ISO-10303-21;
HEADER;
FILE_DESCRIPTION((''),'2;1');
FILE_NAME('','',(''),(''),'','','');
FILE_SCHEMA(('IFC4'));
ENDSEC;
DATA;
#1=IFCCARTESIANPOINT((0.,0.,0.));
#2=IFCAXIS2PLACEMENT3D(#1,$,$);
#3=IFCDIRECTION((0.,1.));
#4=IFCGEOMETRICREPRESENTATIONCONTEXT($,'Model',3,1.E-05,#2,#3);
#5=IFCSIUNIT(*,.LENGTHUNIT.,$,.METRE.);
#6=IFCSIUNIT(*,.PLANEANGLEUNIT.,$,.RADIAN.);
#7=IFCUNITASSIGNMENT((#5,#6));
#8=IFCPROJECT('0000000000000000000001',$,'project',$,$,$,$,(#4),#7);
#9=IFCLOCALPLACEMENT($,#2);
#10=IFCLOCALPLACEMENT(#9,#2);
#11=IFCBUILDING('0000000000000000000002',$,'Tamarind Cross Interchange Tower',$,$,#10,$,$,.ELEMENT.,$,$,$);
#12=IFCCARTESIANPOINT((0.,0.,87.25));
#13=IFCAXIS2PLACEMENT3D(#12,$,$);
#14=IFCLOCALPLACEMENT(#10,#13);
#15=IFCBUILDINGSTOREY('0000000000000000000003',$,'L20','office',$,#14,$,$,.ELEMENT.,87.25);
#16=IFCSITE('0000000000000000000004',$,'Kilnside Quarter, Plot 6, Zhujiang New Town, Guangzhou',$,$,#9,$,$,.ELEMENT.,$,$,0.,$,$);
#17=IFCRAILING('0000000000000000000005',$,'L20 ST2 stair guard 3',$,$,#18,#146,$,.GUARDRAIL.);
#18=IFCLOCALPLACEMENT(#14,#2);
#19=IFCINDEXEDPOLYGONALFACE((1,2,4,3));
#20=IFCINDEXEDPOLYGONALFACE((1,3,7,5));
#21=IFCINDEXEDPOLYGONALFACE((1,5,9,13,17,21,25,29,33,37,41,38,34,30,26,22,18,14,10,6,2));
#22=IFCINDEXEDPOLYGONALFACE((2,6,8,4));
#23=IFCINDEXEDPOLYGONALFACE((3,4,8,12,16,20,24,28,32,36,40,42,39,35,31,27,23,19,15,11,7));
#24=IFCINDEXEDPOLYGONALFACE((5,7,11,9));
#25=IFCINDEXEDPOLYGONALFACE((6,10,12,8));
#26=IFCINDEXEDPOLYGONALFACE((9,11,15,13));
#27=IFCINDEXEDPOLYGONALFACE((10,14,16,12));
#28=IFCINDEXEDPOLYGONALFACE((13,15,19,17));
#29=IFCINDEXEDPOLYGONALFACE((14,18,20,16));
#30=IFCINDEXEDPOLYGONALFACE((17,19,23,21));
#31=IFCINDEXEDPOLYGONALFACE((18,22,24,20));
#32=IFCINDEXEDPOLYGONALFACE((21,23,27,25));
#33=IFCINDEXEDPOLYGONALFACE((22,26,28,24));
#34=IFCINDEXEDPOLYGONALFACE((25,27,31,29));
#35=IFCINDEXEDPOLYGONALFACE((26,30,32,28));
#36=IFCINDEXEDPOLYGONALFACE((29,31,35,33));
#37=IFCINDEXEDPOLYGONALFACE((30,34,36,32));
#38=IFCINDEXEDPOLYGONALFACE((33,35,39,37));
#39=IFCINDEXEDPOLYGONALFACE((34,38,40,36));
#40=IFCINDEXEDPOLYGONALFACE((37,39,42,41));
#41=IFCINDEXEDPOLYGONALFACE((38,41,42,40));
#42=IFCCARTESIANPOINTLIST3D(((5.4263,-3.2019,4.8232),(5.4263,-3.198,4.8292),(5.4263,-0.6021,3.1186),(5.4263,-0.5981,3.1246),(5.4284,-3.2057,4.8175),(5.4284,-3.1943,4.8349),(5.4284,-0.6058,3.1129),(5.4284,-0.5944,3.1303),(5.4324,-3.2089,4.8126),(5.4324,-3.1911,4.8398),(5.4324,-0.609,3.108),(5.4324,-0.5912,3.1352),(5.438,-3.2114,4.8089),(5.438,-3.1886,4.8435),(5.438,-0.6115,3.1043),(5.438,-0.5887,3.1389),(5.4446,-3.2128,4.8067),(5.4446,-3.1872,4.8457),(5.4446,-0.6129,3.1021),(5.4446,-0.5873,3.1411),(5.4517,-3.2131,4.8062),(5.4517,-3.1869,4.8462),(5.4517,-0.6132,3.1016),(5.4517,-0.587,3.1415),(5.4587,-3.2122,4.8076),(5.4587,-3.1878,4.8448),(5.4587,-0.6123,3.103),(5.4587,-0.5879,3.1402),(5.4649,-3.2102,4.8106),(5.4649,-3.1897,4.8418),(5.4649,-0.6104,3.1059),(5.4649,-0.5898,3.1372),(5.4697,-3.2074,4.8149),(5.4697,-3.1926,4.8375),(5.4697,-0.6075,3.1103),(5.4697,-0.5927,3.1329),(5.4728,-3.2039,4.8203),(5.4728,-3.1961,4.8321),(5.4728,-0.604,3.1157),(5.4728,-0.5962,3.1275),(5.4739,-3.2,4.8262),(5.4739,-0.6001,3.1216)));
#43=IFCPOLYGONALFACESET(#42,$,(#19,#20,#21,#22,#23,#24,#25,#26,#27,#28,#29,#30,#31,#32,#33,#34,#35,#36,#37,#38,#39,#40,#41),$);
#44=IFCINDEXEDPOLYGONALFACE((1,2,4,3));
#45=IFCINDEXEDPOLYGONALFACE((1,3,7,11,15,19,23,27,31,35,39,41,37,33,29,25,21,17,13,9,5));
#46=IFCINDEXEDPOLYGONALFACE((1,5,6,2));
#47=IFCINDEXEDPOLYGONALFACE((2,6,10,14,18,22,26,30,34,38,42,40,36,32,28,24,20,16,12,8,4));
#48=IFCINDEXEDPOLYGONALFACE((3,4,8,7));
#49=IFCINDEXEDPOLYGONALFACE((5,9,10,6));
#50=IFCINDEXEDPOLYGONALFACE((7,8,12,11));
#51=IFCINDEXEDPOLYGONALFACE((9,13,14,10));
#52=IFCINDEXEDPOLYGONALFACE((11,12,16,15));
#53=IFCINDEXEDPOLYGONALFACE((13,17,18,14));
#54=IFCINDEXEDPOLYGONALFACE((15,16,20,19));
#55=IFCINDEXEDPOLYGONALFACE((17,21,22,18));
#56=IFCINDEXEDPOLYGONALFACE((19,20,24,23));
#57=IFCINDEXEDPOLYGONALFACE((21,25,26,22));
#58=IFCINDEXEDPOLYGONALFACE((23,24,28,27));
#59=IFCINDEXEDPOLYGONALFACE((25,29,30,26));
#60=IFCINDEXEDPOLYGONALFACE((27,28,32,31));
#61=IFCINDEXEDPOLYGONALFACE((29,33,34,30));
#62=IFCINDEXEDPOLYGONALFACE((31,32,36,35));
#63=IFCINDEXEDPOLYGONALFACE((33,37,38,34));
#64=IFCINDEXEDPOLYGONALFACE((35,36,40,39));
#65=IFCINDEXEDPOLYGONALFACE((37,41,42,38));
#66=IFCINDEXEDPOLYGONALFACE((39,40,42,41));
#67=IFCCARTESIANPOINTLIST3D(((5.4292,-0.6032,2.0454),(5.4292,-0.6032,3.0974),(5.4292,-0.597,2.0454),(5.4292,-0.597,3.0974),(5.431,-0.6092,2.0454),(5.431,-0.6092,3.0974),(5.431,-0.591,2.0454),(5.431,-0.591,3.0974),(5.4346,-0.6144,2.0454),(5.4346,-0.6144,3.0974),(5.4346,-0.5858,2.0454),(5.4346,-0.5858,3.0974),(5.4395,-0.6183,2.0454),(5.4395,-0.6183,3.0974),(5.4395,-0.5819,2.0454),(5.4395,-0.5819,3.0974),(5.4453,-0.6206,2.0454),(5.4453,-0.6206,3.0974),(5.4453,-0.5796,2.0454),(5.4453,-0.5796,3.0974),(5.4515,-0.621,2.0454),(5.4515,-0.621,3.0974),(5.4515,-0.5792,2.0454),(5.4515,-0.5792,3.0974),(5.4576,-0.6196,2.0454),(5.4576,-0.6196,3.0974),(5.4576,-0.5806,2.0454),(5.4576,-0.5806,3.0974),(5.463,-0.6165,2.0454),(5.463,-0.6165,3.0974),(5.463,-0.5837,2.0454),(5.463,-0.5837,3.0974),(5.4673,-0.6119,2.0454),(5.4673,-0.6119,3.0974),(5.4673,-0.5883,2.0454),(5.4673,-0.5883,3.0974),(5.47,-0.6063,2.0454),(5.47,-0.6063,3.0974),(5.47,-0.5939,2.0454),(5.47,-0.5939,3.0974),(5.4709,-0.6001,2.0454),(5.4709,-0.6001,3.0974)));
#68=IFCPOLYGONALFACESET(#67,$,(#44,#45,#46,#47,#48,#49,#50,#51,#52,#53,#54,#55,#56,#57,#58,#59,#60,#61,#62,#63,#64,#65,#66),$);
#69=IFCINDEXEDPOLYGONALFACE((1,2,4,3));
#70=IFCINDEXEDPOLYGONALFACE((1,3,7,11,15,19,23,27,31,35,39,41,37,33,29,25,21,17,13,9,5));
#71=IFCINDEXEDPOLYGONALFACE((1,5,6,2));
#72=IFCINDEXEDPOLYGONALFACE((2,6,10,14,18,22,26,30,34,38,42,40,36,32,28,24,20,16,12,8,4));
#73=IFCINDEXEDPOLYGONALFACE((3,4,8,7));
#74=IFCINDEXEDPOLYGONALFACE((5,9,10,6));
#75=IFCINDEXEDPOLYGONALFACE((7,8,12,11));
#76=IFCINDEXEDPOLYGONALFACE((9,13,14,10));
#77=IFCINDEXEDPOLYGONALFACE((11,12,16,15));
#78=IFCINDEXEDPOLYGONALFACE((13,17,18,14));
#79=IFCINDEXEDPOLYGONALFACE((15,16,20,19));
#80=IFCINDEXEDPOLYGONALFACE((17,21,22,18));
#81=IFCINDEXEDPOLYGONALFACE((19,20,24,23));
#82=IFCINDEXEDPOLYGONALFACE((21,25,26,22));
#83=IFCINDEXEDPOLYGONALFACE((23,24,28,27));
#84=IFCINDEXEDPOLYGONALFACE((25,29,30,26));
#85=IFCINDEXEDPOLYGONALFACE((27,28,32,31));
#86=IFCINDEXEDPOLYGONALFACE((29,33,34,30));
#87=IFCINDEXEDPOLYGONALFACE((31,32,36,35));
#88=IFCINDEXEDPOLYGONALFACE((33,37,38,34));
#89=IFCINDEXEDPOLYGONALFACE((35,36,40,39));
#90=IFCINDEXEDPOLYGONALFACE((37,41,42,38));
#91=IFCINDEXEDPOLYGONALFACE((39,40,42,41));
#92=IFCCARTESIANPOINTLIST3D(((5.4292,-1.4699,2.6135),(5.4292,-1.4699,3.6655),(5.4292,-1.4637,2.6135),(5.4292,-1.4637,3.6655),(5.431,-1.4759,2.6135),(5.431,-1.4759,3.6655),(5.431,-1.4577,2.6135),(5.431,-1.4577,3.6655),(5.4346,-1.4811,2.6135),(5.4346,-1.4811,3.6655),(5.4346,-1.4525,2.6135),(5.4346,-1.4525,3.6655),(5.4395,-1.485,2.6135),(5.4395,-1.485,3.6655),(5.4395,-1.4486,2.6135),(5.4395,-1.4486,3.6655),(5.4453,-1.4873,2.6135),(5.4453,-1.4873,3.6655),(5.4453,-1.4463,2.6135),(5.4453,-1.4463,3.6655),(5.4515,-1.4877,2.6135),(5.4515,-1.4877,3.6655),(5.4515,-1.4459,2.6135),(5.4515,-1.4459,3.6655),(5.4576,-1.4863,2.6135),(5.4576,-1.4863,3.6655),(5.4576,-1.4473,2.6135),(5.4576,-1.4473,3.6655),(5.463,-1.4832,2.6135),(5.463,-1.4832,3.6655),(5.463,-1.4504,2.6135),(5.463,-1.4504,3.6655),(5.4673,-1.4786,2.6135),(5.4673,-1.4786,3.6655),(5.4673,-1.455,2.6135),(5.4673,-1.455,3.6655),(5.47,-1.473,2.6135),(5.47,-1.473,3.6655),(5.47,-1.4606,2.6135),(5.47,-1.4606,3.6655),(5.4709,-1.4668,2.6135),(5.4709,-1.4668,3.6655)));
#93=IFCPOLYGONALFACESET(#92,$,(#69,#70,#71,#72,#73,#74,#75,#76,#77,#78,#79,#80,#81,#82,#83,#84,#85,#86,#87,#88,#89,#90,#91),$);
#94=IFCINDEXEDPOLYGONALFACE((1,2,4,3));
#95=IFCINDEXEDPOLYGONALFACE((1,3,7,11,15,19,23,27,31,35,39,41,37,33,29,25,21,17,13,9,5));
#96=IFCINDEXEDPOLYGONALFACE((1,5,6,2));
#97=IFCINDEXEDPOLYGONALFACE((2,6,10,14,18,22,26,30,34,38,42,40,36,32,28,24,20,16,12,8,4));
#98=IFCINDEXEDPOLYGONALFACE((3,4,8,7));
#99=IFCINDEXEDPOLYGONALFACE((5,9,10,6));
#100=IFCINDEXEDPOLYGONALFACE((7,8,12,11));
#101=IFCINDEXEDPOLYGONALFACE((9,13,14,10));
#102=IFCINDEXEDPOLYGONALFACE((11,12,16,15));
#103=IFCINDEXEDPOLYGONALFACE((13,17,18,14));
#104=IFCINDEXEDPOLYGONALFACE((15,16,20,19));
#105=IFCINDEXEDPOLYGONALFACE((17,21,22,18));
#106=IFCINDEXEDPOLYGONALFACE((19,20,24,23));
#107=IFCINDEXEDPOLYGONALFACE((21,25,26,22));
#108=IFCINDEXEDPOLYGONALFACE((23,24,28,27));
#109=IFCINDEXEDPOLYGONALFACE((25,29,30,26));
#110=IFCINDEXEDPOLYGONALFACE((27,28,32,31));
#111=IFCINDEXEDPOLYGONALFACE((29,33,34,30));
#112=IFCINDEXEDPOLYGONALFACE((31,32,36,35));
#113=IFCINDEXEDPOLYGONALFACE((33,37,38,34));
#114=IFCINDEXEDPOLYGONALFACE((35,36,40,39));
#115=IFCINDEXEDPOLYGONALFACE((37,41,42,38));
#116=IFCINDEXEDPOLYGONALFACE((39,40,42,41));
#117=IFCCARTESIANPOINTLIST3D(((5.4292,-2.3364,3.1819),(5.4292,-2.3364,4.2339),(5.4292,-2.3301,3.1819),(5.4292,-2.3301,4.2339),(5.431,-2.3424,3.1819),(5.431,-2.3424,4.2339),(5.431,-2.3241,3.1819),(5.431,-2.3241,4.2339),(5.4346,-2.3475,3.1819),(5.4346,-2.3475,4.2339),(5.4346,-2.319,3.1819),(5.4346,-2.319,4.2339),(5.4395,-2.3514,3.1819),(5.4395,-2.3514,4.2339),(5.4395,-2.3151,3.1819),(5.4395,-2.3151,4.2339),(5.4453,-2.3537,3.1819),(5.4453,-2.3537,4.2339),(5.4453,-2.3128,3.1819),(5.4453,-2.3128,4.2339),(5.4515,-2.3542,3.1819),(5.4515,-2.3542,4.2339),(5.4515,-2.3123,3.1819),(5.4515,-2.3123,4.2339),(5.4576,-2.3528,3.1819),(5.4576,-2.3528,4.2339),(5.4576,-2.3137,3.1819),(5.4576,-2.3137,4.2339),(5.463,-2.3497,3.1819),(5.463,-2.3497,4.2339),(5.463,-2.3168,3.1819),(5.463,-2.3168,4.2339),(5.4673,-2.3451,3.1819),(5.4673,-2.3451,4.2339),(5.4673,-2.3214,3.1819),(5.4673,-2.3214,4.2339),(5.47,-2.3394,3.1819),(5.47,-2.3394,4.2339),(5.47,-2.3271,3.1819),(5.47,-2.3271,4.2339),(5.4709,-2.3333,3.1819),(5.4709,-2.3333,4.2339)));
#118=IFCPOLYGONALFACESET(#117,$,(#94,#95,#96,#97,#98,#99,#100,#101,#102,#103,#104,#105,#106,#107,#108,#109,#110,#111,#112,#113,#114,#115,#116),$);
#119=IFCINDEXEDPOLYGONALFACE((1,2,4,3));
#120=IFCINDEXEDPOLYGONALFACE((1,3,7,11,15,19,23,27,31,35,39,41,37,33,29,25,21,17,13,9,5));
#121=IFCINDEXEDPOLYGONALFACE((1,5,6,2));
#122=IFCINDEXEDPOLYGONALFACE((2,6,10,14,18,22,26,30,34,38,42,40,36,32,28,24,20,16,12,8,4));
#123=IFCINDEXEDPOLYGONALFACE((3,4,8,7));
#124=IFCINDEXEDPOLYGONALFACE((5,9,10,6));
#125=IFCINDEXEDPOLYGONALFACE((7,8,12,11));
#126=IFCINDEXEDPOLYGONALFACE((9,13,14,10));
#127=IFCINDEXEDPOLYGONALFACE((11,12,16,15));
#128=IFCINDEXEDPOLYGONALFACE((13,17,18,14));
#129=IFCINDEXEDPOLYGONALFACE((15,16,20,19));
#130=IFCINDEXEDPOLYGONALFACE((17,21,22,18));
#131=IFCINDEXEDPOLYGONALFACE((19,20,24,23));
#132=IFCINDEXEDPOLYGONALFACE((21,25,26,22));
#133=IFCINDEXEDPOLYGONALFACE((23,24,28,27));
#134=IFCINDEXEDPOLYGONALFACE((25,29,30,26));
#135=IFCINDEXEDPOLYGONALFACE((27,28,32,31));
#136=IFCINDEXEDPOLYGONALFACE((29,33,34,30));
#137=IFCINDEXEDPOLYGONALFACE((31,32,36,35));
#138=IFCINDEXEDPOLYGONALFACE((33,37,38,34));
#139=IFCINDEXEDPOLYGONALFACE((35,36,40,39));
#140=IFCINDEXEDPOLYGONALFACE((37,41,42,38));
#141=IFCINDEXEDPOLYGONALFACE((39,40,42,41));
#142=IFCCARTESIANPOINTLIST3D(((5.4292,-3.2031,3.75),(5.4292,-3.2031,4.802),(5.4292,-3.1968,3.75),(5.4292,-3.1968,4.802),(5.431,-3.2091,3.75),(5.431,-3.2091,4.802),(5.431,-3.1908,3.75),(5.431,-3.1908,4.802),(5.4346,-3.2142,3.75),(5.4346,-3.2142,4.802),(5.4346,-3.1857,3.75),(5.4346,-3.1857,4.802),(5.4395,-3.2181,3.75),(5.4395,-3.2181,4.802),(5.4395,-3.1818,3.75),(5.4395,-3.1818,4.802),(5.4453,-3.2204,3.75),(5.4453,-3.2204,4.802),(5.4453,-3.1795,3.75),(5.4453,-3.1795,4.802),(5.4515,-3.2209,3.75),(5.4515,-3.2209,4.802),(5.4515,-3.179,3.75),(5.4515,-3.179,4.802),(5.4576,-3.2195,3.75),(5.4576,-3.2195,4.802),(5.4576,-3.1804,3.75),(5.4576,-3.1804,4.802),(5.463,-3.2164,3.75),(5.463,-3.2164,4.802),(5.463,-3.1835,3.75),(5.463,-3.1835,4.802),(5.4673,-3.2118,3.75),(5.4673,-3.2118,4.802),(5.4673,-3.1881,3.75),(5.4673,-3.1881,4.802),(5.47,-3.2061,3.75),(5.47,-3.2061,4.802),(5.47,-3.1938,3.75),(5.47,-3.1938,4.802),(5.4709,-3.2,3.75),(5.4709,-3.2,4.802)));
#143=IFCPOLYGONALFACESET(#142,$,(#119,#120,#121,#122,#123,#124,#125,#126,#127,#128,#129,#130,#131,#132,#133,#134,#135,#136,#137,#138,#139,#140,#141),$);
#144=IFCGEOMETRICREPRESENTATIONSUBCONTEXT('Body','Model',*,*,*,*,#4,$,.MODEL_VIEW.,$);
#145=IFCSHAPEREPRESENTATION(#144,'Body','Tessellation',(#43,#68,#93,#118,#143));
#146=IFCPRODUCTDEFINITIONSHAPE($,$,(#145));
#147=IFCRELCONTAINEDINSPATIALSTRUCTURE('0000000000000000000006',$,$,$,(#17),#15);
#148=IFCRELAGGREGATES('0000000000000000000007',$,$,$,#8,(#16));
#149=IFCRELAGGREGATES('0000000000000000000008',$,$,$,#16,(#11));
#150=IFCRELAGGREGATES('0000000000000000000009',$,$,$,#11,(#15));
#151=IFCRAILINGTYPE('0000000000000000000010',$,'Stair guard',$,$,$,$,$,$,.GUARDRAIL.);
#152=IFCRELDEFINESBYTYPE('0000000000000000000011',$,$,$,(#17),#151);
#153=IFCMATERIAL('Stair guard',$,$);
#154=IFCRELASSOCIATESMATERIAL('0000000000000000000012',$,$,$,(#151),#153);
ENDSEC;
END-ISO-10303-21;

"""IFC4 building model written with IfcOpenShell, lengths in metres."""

from ifc_helpers import new_model, si_unit, direction, frame, origin, origin_2d, place, context, subcontext, project, spatial, circle, extrude, material, type_object, element, save


model = new_model("IFC4")

# Units and contexts
model_context = context("Model", 3, precision=1e-05, world=origin(), true_north=direction((0.0, 1.0)))
body_context = subcontext(model_context, "Body", "Model", "MODEL_VIEW")
ifc_project = project(units=[si_unit("LENGTHUNIT", "METRE"), si_unit("PLANEANGLEUNIT", "RADIAN")], contexts=[model_context])

# Site, building, storey
site_placement = place(None, origin())
site = spatial("IfcSite", under=ifc_project, at=site_placement, Name="Kilnside Quarter, Plot 6, Zhujiang New Town, Guangzhou", CompositionType="ELEMENT", RefElevation=0.0)
building_placement = place(site_placement, origin())
building = spatial("IfcBuilding", under=site, at=building_placement, Name="Tamarind Cross Interchange Tower", CompositionType="ELEMENT")
storey_placement = place(building_placement, frame((0.0, 0.0, 87.25)))
storey = spatial("IfcBuildingStorey", under=building, at=storey_placement, Name="L20", Description="office", CompositionType="ELEMENT", Elevation=87.25)

# Railing
ifc_material_1 = material(Name="Stair guard")
railing_type_1 = type_object("IfcRailingType", Name="Stair guard", PredefinedType="GUARDRAIL", material=ifc_material_1)
railing_1_placement = place(storey_placement, frame((5.45, -0.6001, 2.0454)))
element("IfcRailing", 1, at=railing_1_placement, inside=storey, type_object=railing_type_1, Name="L20 ST2 stair guard 3", PredefinedType="GUARDRAIL", context=body_context, shape_type="SweptSolid", body=[
    extrude(circle(Radius=0.0239, at=origin_2d()), frame((0.0, 0.0, 1.0762), z_axis=(0.0, -0.836279, 0.548305), x_axis=(1.0, 0.0, 0.0)), (0.0, 0.0, 1.0), 3.1089),
    extrude(circle(Radius=0.021, at=origin_2d()), origin(), (0.0, 0.0, 1.0), 1.052),
    extrude(circle(Radius=0.021, at=origin_2d()), frame((0.0, -0.8667, 0.5681)), (0.0, 0.0, 1.0), 1.052),
    extrude(circle(Radius=0.021, at=origin_2d()), frame((0.0, -1.7332, 1.1365)), (0.0, 0.0, 1.0), 1.052),
    extrude(circle(Radius=0.021, at=origin_2d()), frame((0.0, -2.5999, 1.7046)), (0.0, 0.0, 1.0), 1.052),
])

save(model, "model.ifc")
